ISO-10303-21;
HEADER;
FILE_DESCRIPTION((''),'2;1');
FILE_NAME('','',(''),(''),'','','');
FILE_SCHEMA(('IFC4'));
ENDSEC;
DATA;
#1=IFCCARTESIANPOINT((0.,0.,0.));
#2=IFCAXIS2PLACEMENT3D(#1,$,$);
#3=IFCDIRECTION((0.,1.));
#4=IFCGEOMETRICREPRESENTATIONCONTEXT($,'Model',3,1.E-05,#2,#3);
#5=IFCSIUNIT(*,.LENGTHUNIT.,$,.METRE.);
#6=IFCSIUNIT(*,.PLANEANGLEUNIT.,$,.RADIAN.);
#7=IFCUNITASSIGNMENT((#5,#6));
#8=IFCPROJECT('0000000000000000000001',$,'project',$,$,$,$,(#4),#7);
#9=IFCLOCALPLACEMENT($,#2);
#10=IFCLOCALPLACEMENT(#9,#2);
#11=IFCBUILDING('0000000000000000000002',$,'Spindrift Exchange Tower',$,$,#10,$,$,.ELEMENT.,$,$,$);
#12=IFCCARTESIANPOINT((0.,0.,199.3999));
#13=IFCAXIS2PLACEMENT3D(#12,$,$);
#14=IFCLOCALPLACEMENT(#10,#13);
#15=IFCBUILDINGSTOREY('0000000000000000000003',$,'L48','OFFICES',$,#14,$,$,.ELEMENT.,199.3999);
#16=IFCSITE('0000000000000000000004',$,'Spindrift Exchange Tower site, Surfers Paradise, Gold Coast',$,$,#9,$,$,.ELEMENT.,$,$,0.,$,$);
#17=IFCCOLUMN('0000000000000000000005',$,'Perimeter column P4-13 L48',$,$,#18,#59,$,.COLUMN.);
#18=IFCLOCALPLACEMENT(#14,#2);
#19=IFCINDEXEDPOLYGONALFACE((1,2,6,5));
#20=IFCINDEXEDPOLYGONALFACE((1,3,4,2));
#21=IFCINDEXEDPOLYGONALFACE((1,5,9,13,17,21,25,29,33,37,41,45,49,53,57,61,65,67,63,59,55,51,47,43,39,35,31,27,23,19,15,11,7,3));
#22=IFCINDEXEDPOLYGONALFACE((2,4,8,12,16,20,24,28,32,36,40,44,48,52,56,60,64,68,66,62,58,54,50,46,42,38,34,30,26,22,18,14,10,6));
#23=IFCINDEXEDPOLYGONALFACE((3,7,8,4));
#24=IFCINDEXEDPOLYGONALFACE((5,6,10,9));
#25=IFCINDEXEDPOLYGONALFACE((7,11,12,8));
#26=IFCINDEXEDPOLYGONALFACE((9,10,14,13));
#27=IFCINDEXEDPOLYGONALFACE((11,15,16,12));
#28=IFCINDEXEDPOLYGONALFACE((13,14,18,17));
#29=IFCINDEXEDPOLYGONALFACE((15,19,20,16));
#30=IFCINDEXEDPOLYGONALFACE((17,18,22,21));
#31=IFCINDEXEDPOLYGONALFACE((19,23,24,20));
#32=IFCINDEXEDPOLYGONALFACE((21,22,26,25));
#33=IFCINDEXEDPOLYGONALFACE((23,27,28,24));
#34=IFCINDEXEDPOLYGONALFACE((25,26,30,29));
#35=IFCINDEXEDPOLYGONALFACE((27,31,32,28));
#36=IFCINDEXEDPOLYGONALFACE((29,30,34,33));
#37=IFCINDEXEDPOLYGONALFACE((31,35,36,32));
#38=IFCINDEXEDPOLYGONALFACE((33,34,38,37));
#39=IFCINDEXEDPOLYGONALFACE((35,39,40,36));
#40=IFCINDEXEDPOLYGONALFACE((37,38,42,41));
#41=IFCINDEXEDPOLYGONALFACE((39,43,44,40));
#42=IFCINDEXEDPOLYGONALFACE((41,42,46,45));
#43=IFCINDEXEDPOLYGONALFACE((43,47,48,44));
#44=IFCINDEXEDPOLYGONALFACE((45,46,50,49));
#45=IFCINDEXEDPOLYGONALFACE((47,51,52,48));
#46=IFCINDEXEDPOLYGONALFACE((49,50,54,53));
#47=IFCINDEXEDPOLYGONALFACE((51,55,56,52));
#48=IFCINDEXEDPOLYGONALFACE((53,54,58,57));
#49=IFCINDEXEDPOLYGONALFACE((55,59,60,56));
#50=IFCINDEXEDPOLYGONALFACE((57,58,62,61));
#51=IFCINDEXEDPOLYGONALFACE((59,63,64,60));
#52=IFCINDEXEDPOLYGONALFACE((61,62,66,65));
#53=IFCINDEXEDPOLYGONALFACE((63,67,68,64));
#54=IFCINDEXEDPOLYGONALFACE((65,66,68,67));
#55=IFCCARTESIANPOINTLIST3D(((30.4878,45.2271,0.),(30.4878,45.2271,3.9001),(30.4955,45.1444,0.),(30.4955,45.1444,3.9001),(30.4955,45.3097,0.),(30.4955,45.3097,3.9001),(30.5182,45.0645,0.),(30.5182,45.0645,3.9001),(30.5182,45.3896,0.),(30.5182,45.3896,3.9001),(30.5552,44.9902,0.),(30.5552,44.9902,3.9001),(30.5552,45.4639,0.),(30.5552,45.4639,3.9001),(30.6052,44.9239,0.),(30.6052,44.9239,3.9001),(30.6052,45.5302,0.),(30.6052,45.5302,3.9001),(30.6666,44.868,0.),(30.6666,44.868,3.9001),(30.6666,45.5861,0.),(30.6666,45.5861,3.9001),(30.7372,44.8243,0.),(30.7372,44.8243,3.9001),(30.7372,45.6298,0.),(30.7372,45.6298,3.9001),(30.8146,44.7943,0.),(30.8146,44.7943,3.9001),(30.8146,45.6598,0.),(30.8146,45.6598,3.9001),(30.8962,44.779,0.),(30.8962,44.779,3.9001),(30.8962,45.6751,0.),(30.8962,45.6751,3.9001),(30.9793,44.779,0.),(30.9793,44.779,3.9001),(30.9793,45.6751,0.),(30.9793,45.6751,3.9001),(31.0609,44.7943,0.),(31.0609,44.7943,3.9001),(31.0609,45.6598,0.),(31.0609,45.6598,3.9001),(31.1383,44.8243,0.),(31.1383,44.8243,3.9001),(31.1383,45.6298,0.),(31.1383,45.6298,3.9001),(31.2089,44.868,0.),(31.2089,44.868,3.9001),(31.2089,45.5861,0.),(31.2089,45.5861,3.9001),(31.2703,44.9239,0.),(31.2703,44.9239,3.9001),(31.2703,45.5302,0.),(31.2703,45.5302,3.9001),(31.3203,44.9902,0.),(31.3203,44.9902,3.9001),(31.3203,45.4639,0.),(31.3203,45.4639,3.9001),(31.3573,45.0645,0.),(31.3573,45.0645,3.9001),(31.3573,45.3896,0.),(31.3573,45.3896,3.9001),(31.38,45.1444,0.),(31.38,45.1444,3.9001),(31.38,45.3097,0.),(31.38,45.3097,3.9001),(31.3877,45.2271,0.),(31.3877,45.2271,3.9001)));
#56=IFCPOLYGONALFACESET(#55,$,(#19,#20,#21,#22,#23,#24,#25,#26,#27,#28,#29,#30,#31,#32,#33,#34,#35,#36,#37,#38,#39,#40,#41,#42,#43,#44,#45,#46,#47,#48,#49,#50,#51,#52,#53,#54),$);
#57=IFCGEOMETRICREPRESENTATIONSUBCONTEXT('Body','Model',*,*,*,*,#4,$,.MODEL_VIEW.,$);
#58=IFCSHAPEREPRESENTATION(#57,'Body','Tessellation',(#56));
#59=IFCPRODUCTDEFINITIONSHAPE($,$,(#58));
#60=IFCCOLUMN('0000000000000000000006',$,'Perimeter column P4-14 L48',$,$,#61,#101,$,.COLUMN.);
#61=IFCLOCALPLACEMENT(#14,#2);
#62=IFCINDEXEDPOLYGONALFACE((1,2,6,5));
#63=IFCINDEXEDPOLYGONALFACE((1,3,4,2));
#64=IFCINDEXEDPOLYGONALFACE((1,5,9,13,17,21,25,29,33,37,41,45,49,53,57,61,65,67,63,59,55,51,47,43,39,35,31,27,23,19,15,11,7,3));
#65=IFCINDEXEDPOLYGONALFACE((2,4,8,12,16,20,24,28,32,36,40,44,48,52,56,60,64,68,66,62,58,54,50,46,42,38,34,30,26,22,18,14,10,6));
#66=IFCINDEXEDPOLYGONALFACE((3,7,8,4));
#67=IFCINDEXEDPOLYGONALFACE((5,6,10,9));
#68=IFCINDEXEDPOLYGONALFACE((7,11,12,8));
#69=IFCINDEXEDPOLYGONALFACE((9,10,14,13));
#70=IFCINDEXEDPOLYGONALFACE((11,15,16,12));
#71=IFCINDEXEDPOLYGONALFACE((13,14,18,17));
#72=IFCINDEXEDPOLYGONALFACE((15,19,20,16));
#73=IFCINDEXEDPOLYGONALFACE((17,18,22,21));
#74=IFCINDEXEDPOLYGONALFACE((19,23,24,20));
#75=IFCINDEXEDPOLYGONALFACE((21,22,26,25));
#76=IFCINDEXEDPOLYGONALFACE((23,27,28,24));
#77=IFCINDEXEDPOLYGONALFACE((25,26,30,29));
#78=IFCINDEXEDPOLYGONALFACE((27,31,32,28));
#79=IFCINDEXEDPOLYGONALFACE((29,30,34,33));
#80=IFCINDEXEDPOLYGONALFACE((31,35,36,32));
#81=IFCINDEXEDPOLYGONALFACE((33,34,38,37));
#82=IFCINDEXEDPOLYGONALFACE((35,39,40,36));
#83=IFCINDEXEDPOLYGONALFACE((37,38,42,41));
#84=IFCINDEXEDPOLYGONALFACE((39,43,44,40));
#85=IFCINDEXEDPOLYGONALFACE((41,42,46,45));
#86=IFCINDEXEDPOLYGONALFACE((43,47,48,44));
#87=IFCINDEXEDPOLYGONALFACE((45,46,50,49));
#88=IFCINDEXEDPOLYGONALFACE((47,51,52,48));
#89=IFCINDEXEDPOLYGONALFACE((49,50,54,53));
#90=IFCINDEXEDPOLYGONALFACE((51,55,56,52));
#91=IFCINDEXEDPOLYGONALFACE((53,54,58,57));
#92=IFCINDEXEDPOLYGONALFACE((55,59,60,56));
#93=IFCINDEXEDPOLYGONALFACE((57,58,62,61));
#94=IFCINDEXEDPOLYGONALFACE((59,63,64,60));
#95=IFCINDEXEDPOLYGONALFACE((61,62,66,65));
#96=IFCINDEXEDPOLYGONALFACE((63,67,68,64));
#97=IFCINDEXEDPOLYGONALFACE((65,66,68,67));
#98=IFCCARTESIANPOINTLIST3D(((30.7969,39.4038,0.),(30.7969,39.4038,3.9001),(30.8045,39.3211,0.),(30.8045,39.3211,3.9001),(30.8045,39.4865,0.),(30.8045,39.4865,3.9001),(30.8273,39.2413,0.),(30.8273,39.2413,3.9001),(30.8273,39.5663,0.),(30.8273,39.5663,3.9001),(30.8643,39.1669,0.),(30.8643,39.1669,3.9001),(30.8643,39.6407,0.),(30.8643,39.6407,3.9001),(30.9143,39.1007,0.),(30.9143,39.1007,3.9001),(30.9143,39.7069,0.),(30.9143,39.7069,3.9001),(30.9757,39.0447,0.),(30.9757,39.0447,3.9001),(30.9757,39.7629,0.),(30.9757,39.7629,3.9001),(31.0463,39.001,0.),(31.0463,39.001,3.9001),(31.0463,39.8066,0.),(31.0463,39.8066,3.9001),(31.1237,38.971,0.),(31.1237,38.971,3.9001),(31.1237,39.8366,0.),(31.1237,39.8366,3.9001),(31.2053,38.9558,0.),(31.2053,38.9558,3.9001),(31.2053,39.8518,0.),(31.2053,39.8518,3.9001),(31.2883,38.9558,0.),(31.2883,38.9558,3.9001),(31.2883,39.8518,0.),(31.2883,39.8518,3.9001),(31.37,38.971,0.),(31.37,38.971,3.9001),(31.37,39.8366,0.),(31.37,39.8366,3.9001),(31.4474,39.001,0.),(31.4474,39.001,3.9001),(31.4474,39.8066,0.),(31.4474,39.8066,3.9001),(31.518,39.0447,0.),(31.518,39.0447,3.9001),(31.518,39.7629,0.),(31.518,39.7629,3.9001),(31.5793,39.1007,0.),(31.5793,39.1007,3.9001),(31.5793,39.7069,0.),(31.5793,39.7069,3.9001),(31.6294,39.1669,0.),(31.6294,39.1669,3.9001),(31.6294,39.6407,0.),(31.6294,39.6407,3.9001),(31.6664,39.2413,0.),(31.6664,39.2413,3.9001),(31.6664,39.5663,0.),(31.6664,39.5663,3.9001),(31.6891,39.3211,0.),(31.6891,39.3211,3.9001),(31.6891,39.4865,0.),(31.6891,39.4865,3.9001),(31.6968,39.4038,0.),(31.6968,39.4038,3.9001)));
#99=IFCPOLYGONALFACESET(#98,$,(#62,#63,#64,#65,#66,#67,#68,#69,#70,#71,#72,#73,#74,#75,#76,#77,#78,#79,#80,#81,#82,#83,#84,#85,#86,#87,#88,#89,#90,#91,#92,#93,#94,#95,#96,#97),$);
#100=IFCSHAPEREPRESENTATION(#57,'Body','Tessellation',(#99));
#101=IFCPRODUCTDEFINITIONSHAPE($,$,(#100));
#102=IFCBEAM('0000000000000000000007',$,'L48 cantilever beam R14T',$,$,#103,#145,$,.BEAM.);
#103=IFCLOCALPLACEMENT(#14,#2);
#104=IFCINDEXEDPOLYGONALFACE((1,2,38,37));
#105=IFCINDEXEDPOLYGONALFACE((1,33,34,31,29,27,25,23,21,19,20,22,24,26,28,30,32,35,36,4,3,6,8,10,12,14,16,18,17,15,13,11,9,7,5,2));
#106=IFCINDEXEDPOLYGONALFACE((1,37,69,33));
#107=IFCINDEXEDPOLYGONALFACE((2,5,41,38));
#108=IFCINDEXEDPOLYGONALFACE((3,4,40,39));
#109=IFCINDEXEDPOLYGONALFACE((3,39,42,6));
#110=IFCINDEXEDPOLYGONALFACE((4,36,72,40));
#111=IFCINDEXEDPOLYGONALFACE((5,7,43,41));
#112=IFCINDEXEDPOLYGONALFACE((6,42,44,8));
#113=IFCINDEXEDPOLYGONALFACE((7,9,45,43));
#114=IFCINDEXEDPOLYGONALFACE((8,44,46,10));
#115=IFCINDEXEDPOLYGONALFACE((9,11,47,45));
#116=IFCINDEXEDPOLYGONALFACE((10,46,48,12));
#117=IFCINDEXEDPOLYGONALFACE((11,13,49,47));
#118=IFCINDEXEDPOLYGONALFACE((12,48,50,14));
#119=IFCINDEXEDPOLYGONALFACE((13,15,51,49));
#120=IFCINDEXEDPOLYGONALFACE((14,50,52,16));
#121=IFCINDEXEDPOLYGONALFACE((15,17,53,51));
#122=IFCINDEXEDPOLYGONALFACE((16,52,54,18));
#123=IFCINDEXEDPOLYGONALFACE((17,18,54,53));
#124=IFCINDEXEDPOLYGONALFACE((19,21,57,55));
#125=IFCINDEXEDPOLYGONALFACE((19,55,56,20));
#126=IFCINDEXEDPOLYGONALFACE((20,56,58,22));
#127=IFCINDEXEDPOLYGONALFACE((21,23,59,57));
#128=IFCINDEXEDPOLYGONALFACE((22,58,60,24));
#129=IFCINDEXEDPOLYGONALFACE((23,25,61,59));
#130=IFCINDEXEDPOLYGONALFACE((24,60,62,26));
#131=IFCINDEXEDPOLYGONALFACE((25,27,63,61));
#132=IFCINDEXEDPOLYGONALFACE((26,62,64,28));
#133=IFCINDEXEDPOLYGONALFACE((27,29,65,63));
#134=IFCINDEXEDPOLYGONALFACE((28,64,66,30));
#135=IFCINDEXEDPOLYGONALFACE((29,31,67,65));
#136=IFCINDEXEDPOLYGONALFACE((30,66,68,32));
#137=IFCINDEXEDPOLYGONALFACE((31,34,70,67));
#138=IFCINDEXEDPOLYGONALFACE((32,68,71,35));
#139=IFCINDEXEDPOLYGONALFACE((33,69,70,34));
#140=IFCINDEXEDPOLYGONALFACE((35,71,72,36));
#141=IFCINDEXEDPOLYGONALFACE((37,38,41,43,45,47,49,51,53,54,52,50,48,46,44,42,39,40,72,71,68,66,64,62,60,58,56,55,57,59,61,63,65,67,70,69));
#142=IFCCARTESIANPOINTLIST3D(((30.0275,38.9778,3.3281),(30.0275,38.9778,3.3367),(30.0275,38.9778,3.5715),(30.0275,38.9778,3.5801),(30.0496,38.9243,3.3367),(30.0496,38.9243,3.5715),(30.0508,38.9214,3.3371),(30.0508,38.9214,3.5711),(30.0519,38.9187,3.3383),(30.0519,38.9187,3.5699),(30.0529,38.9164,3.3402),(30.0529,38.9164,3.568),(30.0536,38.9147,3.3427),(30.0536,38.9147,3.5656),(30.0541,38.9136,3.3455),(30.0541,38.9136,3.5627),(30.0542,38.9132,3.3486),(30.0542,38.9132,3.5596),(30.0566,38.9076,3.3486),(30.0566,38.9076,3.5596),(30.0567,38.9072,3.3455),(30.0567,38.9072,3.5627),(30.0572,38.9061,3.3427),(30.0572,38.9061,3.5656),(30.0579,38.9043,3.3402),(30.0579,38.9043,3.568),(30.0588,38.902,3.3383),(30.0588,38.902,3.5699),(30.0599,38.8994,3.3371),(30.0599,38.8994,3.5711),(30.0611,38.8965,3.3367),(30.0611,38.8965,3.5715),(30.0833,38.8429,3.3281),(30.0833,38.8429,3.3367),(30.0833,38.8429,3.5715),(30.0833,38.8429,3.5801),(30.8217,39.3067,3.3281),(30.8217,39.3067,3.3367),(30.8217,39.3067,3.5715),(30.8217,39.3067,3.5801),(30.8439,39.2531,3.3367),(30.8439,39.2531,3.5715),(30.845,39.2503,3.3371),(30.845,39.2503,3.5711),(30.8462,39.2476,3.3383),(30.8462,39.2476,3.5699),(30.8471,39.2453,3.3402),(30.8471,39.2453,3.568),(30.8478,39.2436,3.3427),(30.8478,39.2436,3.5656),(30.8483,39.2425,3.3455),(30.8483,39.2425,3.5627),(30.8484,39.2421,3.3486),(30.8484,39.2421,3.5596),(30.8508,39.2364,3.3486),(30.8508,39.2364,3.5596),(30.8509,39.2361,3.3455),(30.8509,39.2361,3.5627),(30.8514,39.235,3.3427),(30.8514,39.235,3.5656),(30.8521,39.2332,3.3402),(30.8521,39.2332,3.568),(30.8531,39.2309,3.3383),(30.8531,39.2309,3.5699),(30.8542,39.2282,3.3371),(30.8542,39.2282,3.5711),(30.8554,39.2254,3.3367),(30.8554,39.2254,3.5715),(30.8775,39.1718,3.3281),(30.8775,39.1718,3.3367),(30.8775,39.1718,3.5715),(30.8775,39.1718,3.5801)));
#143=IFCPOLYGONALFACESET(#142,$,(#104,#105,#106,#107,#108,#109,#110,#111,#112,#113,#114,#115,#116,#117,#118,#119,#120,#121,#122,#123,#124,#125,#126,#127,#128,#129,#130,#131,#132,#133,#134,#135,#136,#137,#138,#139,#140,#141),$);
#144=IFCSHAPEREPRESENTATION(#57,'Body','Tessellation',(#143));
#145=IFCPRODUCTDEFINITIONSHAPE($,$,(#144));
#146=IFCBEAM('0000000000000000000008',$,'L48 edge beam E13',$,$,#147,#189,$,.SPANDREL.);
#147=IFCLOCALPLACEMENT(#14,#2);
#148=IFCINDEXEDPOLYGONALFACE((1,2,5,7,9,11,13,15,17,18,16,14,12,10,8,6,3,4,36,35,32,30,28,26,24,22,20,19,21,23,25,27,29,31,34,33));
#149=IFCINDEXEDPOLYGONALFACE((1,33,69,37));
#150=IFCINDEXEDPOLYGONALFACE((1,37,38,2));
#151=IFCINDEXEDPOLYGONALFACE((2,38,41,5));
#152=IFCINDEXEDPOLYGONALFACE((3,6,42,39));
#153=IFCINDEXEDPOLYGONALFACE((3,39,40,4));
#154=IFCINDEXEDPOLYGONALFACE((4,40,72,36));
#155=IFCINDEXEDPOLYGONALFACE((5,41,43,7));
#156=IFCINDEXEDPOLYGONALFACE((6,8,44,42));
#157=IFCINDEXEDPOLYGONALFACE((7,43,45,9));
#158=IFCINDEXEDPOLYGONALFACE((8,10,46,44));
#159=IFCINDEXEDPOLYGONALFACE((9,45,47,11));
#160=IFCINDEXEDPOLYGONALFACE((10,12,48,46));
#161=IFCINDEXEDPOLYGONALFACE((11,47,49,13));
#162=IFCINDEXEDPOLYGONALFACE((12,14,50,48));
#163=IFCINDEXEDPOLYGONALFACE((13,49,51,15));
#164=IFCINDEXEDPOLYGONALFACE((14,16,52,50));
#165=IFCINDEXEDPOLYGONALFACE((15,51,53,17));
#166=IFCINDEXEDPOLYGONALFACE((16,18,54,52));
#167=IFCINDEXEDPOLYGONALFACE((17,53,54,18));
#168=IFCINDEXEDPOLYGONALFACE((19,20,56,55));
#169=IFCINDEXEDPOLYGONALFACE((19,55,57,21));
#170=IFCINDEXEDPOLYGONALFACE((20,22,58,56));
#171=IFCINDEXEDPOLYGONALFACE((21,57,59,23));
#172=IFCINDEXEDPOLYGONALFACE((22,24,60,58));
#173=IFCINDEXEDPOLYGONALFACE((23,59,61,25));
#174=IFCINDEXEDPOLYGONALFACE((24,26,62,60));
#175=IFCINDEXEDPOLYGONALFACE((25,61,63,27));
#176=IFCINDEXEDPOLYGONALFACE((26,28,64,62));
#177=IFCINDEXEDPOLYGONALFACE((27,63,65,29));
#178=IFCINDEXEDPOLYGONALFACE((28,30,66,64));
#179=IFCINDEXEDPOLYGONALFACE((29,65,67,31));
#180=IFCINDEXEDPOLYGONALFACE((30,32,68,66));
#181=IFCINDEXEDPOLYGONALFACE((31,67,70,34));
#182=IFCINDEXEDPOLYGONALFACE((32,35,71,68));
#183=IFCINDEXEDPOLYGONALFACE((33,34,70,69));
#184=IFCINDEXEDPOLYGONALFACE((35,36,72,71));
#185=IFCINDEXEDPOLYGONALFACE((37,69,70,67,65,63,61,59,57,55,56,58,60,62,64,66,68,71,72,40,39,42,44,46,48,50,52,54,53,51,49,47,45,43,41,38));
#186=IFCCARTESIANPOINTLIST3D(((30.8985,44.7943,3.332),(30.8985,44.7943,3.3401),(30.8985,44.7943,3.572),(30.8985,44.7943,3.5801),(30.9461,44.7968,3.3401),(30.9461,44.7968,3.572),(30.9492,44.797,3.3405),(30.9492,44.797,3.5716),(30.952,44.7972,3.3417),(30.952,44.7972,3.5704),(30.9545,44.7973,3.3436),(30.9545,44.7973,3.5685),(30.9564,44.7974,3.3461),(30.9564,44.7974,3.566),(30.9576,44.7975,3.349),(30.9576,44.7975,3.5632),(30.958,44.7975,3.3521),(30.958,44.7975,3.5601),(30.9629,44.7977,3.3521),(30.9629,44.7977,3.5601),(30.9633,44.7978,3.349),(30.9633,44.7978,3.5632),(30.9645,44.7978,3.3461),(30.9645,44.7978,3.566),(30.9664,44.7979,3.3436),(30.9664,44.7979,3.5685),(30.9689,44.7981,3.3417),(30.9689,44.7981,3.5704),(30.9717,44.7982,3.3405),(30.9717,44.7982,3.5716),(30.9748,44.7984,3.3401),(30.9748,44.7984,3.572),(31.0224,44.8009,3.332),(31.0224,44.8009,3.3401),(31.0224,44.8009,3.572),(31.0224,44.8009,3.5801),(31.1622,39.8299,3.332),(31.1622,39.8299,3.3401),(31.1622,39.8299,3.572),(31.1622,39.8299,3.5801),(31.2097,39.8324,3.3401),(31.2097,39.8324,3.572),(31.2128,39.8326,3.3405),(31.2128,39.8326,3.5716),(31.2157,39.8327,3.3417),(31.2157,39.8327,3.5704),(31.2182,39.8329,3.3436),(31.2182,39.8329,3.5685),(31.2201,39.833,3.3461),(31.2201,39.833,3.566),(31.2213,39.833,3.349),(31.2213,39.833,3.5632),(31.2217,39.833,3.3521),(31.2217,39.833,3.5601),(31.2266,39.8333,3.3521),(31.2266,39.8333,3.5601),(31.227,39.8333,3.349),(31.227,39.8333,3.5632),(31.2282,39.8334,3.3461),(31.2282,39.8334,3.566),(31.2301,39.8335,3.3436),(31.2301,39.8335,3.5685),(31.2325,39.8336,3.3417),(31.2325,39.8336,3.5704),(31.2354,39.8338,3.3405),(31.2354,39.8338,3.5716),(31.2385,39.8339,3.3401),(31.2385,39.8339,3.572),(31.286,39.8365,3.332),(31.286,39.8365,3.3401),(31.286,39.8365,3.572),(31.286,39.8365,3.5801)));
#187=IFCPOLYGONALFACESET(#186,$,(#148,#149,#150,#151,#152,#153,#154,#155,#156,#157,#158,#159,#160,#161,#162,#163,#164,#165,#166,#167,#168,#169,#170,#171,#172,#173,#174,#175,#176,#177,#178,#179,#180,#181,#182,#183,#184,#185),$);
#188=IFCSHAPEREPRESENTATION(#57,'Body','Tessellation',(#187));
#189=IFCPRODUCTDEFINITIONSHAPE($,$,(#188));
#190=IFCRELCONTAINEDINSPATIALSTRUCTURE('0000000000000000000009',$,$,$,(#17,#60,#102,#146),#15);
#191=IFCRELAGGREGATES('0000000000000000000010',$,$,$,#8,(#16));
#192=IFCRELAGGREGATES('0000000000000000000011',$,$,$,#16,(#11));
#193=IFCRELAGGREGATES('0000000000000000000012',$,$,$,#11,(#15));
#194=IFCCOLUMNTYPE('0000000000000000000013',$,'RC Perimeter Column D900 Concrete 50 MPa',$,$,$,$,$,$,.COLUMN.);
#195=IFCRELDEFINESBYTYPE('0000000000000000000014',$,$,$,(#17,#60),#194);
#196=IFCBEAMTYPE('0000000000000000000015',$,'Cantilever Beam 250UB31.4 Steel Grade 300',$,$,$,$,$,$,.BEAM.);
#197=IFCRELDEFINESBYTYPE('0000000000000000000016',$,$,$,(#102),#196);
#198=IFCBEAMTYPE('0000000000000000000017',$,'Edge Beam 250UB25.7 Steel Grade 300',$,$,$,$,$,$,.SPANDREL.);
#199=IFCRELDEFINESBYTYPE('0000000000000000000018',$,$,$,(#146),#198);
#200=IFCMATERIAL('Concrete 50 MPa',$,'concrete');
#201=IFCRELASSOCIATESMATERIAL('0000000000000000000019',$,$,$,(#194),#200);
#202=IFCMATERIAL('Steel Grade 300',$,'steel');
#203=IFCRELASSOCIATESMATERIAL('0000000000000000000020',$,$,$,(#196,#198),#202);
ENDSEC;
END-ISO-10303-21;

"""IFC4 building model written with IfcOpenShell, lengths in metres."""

from ifc_helpers import new_model, si_unit, direction, frame, origin, origin_2d, place, context, subcontext, project, spatial, circle, i_section, extrude, source, transform, mapped, material, material_profile, profile_set, type_object, element, save


model = new_model("IFC4")

# Units and contexts
model_context = context("Model", 3, precision=1e-05, world=origin(), true_north=direction((0.0, 1.0)))
body_context = subcontext(model_context, "Body", "Model", "MODEL_VIEW")
ifc_project = project(units=[si_unit("LENGTHUNIT", "METRE"), si_unit("PLANEANGLEUNIT", "RADIAN")], contexts=[model_context])

# Site, building, storey
site_placement = place(None, origin())
site = spatial("IfcSite", under=ifc_project, at=site_placement, Name="Spindrift Exchange Tower site, Surfers Paradise, Gold Coast", CompositionType="ELEMENT", RefElevation=0.0)
building_placement = place(site_placement, origin())
building = spatial("IfcBuilding", under=site, at=building_placement, Name="Spindrift Exchange Tower", CompositionType="ELEMENT")
storey_placement = place(building_placement, frame((0.0, 0.0, 199.3999)))
storey = spatial("IfcBuildingStorey", under=building, at=storey_placement, Name="L48", Description="OFFICES", CompositionType="ELEMENT", Elevation=199.3999)

# Columns
ifc_material_1 = material(Name="Concrete 50 MPa", Category="concrete")
ifc_material_profile_1 = material_profile(ifc_material_1, circle(Radius=0.45, at=origin_2d()), Name="RC D900")
ifc_profile_set_1 = profile_set([ifc_material_profile_1], Name="Concrete 50 MPa")
column_type = type_object("IfcColumnType", Name="RC Perimeter Column D900 Concrete 50 MPa", PredefinedType="COLUMN", material=ifc_profile_set_1)
shared_shape_1 = source(origin(), body_context, "Body", "SweptSolid", [
    extrude(circle(Radius=0.45, at=origin_2d()), origin(), (0.0, 0.0, 1.0), 3.9001),
])
for number, where, z_axis, x_axis, name in (
    (1, (30.9377, 45.2271, 0.0), (0.0, 0.0, 1.0), (1.0, 0.0, 0.0), "Perimeter column P4-13 L48"),
    (2, (31.2468, 39.4038, 0.0), (0.0, 0.0, 1.0), (1.0, 0.0, 0.0), "Perimeter column P4-14 L48"),
):
    element("IfcColumn", number, at=place(storey_placement, frame(where, z_axis=z_axis, x_axis=x_axis)), inside=storey, type_object=column_type, Name=name, PredefinedType="COLUMN", context=body_context, shape_type="MappedRepresentation", body=[
        mapped(shared_shape_1, transform((0.0, 0.0, 0.0), scale=1.0)),
    ])

# Beams
ifc_material_2 = material(Name="Steel Grade 300", Category="steel")
ifc_material_profile_2 = material_profile(ifc_material_2, i_section(OverallWidth=0.146, OverallDepth=0.252, WebThickness=0.0061, FlangeThickness=0.0085, FilletRadius=0.012, at=origin_2d()), Name="250UB31.4")
ifc_profile_set_2 = profile_set([ifc_material_profile_2], Name="Steel Grade 300")
beam_type_1 = type_object("IfcBeamType", Name="Cantilever Beam 250UB31.4 Steel Grade 300", PredefinedType="BEAM", material=ifc_profile_set_2)
shared_shape_2 = source(origin(), body_context, "Body", "SweptSolid", [
    extrude(i_section(OverallWidth=0.146, OverallDepth=0.252, WebThickness=0.0061, FlangeThickness=0.0085, FilletRadius=0.012, at=origin_2d()), origin(), (0.0, 0.0, 1.0), 0.8596),
])
beam_1_placement = place(storey_placement, frame((30.8496, 39.2393, 3.4541), z_axis=(-0.923923, -0.382578, 0.0), x_axis=(0.382578, -0.923923, 0.0)))
element("IfcBeam", 3, at=beam_1_placement, inside=storey, type_object=beam_type_1, Name="L48 cantilever beam R14T", PredefinedType="BEAM", context=body_context, shape_type="MappedRepresentation", body=[
    mapped(shared_shape_2, transform((0.0, 0.0, 0.0), scale=1.0)),
])
ifc_material_profile_3 = material_profile(ifc_material_2, i_section(OverallWidth=0.124, OverallDepth=0.248, WebThickness=0.0049, FlangeThickness=0.0081, FilletRadius=0.012, at=origin_2d()), Name="250UB25.7")
ifc_profile_set_3 = profile_set([ifc_material_profile_3], Name="Steel Grade 300")
beam_type_2 = type_object("IfcBeamType", Name="Edge Beam 250UB25.7 Steel Grade 300", PredefinedType="SPANDREL", material=ifc_profile_set_3)
shared_shape_3 = source(origin(), body_context, "Body", "SweptSolid", [
    extrude(i_section(OverallWidth=0.124, OverallDepth=0.248, WebThickness=0.0049, FlangeThickness=0.0081, FilletRadius=0.012, at=origin_2d()), origin(), (0.0, 0.0, 1.0), 4.9714),
])
beam_2_placement = place(storey_placement, frame((30.9604, 44.7976, 3.4561), z_axis=(0.053038, -0.998592, 0.0), x_axis=(0.998592, 0.053038, 0.0)))
element("IfcBeam", 4, at=beam_2_placement, inside=storey, type_object=beam_type_2, Name="L48 edge beam E13", PredefinedType="SPANDREL", context=body_context, shape_type="MappedRepresentation", body=[
    mapped(shared_shape_3, transform((0.0, 0.0, 0.0), scale=1.0)),
])

save(model, "model.ifc")
